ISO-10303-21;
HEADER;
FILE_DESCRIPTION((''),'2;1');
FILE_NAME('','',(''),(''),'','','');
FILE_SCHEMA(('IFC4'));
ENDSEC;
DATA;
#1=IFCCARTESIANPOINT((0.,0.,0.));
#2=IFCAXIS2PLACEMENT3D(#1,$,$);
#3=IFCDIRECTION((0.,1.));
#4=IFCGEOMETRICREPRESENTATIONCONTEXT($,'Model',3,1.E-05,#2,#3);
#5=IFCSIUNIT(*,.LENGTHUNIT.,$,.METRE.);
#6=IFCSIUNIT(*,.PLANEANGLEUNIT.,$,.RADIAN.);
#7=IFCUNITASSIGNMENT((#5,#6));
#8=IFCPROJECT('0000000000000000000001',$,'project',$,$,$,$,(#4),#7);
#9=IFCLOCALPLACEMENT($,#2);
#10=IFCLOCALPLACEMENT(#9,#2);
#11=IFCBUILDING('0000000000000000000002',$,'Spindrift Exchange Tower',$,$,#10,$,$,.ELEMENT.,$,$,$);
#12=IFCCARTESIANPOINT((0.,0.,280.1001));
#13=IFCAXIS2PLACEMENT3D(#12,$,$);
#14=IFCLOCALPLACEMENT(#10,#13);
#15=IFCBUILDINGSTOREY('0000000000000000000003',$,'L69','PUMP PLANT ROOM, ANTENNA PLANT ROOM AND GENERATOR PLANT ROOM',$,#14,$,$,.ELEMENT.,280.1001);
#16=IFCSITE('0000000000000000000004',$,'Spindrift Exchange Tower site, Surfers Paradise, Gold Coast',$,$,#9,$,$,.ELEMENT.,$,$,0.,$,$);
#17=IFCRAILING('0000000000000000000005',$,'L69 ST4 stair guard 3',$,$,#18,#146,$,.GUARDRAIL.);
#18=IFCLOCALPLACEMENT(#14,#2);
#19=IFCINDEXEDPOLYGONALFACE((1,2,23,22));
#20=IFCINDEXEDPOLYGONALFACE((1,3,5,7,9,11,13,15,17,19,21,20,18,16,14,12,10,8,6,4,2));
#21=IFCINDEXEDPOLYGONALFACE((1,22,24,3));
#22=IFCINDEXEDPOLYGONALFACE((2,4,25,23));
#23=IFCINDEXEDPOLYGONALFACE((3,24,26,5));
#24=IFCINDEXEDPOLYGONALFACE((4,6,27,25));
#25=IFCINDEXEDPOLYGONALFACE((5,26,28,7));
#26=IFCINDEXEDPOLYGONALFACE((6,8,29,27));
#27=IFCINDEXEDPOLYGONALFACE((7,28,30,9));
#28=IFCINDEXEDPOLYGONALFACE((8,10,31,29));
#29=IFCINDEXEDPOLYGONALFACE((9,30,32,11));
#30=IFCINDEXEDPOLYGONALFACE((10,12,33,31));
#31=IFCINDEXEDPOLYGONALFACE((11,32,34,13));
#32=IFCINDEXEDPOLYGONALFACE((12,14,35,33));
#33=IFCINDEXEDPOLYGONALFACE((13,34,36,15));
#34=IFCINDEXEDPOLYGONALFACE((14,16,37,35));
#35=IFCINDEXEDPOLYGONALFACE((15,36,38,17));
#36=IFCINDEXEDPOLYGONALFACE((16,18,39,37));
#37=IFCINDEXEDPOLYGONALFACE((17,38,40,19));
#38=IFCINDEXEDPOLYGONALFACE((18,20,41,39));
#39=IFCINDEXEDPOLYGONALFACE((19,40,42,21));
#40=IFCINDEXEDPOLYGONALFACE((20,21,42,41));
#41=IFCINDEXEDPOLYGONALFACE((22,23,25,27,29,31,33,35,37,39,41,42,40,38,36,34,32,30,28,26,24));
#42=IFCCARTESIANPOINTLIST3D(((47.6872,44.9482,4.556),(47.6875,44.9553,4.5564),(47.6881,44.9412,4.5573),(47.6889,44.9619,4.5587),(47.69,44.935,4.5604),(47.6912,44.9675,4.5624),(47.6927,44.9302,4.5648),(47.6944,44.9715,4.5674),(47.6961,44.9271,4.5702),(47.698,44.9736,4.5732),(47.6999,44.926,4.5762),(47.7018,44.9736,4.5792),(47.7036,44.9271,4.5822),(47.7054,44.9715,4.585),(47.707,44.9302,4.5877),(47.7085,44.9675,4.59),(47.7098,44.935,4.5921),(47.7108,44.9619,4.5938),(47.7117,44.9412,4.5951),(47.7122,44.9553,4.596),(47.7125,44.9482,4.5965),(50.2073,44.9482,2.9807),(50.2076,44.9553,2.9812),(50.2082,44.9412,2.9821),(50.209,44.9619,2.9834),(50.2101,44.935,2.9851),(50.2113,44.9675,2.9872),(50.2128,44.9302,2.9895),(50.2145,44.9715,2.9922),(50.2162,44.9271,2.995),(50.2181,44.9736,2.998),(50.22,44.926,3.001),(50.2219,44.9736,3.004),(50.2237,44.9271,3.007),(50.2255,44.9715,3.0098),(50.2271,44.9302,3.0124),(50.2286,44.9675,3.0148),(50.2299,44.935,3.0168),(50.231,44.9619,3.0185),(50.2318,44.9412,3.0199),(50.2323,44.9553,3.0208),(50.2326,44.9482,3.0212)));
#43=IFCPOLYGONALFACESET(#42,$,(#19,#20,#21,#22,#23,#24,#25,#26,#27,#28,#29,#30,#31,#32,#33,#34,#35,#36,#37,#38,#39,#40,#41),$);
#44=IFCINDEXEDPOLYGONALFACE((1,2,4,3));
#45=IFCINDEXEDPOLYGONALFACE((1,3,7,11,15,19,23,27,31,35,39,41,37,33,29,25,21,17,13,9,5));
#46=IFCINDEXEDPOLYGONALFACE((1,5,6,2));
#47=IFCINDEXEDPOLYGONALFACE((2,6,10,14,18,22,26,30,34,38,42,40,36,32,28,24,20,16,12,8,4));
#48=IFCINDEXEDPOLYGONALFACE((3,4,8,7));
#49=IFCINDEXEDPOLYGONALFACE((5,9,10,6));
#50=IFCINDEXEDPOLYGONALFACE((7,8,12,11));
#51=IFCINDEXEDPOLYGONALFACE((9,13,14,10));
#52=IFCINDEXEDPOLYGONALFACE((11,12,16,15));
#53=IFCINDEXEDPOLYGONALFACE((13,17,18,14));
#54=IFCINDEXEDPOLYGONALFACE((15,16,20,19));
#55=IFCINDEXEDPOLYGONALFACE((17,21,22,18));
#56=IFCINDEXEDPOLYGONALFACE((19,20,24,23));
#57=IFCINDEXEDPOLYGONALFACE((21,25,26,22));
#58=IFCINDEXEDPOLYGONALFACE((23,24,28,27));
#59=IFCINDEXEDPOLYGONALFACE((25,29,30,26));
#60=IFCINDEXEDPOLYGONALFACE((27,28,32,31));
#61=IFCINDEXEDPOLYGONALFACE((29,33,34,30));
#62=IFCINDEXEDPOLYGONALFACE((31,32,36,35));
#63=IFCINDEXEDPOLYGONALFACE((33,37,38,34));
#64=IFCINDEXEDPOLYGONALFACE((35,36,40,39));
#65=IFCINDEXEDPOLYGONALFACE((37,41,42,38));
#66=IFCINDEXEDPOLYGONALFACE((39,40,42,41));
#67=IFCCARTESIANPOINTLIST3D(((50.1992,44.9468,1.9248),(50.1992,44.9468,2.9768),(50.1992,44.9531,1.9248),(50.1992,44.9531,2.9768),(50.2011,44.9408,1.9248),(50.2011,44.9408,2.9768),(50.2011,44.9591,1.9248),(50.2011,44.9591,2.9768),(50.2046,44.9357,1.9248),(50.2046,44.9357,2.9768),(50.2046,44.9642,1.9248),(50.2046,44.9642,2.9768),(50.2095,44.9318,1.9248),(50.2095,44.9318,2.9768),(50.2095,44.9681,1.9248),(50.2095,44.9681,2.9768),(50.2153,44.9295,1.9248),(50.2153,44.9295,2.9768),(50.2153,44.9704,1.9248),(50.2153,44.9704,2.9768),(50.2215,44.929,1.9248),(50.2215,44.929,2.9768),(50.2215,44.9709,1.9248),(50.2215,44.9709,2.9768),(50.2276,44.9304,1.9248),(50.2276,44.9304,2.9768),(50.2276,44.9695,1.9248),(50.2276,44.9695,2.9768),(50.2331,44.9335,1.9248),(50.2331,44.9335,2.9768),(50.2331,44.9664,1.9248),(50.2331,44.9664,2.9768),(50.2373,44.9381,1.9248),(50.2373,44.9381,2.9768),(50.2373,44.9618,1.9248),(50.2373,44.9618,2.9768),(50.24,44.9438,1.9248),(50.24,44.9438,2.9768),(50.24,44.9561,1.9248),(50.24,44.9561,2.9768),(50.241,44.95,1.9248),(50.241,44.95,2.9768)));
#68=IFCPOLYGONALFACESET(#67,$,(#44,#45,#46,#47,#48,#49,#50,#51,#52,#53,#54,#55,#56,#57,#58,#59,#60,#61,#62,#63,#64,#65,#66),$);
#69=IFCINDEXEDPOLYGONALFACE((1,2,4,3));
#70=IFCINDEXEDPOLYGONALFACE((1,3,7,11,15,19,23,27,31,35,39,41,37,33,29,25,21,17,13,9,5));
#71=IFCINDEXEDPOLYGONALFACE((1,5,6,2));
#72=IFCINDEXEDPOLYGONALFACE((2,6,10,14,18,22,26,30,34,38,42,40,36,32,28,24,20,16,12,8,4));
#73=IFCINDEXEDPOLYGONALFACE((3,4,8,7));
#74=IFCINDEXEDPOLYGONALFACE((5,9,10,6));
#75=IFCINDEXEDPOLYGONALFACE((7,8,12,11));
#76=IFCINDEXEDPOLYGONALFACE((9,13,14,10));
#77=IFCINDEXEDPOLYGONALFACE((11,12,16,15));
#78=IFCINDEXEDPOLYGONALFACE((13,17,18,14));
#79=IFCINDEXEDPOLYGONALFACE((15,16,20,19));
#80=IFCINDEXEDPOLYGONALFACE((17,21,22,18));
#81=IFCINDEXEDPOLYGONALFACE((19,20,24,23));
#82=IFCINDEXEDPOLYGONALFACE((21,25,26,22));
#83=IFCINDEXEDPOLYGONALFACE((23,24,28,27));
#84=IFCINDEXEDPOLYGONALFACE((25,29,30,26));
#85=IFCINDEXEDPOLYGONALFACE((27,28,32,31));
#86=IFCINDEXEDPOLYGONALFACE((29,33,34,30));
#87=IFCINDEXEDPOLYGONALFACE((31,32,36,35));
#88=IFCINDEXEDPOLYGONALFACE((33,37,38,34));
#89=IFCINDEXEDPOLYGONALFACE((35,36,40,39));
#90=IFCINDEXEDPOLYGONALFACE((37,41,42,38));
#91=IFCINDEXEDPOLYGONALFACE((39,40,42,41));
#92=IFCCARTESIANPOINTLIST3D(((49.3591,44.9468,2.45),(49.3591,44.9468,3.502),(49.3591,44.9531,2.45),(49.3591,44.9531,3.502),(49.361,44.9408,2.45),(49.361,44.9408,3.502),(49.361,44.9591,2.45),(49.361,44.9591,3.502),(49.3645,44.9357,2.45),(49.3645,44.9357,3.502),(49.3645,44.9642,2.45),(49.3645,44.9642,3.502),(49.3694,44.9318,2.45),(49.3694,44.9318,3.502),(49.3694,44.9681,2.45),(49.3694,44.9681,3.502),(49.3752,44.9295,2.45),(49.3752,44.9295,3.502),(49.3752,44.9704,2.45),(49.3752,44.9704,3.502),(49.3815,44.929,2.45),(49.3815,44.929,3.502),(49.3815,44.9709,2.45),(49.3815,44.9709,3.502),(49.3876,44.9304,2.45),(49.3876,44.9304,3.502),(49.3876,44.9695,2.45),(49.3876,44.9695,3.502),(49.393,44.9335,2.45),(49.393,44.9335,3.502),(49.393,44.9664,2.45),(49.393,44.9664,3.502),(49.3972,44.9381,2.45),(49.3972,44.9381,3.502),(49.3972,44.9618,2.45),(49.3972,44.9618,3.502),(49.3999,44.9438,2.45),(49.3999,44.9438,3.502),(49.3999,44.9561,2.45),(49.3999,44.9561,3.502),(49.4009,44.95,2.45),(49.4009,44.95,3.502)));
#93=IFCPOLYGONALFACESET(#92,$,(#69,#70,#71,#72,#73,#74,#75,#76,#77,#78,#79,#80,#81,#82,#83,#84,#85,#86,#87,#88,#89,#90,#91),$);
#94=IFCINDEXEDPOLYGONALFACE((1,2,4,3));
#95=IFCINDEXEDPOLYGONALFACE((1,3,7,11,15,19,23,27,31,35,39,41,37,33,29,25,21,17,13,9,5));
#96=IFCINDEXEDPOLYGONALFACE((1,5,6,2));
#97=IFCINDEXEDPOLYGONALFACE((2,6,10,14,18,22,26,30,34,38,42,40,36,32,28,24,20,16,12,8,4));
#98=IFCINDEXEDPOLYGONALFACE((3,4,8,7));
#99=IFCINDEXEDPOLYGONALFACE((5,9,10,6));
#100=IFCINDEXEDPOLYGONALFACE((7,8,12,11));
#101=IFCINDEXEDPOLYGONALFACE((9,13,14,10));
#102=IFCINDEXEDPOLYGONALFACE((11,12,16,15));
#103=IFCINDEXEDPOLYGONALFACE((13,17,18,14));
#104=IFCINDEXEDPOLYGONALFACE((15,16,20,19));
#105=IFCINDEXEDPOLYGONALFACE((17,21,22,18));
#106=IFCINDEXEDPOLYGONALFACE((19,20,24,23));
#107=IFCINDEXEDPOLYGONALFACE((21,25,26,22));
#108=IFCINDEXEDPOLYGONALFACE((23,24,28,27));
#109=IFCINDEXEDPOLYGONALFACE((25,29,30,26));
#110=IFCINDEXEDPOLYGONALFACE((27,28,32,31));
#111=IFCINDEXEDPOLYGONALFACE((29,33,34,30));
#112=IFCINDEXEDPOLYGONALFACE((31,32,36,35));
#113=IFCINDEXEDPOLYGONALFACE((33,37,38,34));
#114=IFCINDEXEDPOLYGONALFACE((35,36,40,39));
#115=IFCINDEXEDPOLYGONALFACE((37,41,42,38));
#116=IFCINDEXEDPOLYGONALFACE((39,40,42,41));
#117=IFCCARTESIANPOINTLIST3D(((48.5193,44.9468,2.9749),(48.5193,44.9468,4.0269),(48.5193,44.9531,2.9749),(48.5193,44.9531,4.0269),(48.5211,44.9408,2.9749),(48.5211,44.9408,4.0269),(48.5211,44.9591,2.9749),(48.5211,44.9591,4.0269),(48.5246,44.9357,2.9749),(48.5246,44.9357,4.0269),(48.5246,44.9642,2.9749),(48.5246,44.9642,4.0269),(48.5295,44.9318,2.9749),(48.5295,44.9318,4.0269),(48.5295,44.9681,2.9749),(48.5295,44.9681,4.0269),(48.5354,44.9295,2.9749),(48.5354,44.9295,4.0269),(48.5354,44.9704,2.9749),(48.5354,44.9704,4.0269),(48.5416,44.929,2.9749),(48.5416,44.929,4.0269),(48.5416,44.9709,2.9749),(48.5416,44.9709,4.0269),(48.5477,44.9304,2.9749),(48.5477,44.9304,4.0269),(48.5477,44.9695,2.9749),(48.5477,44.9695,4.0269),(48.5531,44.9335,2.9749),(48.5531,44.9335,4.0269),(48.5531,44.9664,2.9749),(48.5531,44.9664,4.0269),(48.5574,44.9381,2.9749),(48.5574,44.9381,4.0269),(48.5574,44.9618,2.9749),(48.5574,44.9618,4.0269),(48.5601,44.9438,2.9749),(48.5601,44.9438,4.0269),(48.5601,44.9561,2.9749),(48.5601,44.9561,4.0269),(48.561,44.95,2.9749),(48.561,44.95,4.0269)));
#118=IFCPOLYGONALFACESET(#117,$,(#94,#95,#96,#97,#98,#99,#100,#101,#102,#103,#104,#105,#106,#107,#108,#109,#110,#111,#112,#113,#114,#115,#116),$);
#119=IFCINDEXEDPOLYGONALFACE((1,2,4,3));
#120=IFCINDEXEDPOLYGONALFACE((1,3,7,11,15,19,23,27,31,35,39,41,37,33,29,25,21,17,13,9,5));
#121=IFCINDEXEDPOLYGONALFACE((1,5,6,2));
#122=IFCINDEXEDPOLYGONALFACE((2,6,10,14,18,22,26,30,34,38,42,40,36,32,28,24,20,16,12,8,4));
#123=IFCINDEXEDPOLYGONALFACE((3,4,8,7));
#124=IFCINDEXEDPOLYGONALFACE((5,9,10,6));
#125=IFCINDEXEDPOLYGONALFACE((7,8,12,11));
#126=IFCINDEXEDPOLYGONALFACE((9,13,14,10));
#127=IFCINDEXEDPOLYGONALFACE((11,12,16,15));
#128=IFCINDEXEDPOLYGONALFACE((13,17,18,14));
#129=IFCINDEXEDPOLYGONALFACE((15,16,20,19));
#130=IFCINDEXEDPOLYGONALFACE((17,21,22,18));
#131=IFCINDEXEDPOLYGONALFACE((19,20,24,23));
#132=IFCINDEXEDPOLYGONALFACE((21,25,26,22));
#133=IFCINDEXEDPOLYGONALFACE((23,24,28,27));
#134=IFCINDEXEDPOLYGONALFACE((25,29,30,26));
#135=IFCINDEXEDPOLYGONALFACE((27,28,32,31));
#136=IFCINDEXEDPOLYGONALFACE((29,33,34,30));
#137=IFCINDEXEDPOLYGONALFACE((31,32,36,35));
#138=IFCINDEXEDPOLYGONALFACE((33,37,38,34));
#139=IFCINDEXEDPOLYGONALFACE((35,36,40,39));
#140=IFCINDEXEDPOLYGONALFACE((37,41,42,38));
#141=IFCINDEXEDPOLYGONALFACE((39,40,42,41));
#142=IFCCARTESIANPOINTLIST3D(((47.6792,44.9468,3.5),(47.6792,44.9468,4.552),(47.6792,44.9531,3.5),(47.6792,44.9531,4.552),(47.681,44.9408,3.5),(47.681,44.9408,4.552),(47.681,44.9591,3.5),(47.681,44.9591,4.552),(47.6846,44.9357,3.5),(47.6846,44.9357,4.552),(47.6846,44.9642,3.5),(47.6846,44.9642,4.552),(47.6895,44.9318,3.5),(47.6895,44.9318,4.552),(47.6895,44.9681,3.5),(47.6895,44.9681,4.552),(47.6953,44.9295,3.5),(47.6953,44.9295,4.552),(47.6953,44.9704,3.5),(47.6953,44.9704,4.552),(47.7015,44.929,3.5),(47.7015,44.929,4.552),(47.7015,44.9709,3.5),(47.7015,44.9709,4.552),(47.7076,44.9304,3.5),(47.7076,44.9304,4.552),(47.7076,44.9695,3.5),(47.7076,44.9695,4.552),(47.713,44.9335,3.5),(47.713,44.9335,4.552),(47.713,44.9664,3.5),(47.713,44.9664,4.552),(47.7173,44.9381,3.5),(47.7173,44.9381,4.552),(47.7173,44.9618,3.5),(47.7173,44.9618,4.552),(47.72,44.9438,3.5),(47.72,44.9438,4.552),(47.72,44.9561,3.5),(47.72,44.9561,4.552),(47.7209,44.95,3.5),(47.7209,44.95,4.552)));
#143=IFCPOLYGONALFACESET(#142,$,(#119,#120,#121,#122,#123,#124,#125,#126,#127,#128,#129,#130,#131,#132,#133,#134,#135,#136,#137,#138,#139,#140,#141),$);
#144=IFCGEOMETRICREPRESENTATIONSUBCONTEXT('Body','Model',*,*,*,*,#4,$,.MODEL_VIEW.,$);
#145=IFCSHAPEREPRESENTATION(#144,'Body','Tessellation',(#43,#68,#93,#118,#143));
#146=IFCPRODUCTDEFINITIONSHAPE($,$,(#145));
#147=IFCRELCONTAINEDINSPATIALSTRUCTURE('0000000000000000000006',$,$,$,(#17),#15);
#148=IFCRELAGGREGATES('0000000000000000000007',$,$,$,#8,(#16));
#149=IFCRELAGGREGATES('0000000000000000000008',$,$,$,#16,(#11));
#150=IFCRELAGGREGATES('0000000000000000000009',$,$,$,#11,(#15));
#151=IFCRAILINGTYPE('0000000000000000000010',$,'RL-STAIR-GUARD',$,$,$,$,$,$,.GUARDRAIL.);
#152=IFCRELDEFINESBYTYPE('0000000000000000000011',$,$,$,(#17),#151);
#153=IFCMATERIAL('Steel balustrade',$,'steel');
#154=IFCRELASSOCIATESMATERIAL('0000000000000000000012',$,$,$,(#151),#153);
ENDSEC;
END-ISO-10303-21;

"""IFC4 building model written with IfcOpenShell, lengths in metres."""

from ifc_helpers import new_model, si_unit, direction, frame, origin, origin_2d, place, context, subcontext, project, spatial, circle, extrude, material, type_object, element, save


model = new_model("IFC4")

# Units and contexts
model_context = context("Model", 3, precision=1e-05, world=origin(), true_north=direction((0.0, 1.0)))
body_context = subcontext(model_context, "Body", "Model", "MODEL_VIEW")
ifc_project = project(units=[si_unit("LENGTHUNIT", "METRE"), si_unit("PLANEANGLEUNIT", "RADIAN")], contexts=[model_context])

# Site, building, storey
site_placement = place(None, origin())
site = spatial("IfcSite", under=ifc_project, at=site_placement, Name="Spindrift Exchange Tower site, Surfers Paradise, Gold Coast", CompositionType="ELEMENT", RefElevation=0.0)
building_placement = place(site_placement, origin())
building = spatial("IfcBuilding", under=site, at=building_placement, Name="Spindrift Exchange Tower", CompositionType="ELEMENT")
storey_placement = place(building_placement, frame((0.0, 0.0, 280.1001)))
storey = spatial("IfcBuildingStorey", under=building, at=storey_placement, Name="L69", Description="PUMP PLANT ROOM, ANTENNA PLANT ROOM AND GENERATOR PLANT ROOM", CompositionType="ELEMENT", Elevation=280.1001)

# Railing
ifc_material_1 = material(Name="Steel balustrade", Category="steel")
railing_type_1 = type_object("IfcRailingType", Name="RL-STAIR-GUARD", PredefinedType="GUARDRAIL", material=ifc_material_1)
railing_1_placement = place(storey_placement, frame((50.22, 44.95, 1.9248)))
element("IfcRailing", 1, at=railing_1_placement, inside=storey, type_object=railing_type_1, Name="L69 ST4 stair guard 3", PredefinedType="GUARDRAIL", context=body_context, shape_type="SweptSolid", body=[
    extrude(circle(Radius=0.0239, at=origin_2d()), frame((0.0, 0.0, 1.0762), z_axis=(-0.847971, 0.0, 0.530043), x_axis=(0.0, -1.0, 0.0)), (0.0, 0.0, 1.0), 2.9719),
    extrude(circle(Radius=0.021, at=origin_2d()), origin(), (0.0, 0.0, 1.0), 1.052),
    extrude(circle(Radius=0.021, at=origin_2d()), frame((-0.8401, 0.0, 0.5251)), (0.0, 0.0, 1.0), 1.052),
    extrude(circle(Radius=0.021, at=origin_2d()), frame((-1.6799, 0.0, 1.05)), (0.0, 0.0, 1.0), 1.052),
    extrude(circle(Radius=0.021, at=origin_2d()), frame((-2.52, 0.0, 1.5752)), (0.0, 0.0, 1.0), 1.052),
])

save(model, "model.ifc")
